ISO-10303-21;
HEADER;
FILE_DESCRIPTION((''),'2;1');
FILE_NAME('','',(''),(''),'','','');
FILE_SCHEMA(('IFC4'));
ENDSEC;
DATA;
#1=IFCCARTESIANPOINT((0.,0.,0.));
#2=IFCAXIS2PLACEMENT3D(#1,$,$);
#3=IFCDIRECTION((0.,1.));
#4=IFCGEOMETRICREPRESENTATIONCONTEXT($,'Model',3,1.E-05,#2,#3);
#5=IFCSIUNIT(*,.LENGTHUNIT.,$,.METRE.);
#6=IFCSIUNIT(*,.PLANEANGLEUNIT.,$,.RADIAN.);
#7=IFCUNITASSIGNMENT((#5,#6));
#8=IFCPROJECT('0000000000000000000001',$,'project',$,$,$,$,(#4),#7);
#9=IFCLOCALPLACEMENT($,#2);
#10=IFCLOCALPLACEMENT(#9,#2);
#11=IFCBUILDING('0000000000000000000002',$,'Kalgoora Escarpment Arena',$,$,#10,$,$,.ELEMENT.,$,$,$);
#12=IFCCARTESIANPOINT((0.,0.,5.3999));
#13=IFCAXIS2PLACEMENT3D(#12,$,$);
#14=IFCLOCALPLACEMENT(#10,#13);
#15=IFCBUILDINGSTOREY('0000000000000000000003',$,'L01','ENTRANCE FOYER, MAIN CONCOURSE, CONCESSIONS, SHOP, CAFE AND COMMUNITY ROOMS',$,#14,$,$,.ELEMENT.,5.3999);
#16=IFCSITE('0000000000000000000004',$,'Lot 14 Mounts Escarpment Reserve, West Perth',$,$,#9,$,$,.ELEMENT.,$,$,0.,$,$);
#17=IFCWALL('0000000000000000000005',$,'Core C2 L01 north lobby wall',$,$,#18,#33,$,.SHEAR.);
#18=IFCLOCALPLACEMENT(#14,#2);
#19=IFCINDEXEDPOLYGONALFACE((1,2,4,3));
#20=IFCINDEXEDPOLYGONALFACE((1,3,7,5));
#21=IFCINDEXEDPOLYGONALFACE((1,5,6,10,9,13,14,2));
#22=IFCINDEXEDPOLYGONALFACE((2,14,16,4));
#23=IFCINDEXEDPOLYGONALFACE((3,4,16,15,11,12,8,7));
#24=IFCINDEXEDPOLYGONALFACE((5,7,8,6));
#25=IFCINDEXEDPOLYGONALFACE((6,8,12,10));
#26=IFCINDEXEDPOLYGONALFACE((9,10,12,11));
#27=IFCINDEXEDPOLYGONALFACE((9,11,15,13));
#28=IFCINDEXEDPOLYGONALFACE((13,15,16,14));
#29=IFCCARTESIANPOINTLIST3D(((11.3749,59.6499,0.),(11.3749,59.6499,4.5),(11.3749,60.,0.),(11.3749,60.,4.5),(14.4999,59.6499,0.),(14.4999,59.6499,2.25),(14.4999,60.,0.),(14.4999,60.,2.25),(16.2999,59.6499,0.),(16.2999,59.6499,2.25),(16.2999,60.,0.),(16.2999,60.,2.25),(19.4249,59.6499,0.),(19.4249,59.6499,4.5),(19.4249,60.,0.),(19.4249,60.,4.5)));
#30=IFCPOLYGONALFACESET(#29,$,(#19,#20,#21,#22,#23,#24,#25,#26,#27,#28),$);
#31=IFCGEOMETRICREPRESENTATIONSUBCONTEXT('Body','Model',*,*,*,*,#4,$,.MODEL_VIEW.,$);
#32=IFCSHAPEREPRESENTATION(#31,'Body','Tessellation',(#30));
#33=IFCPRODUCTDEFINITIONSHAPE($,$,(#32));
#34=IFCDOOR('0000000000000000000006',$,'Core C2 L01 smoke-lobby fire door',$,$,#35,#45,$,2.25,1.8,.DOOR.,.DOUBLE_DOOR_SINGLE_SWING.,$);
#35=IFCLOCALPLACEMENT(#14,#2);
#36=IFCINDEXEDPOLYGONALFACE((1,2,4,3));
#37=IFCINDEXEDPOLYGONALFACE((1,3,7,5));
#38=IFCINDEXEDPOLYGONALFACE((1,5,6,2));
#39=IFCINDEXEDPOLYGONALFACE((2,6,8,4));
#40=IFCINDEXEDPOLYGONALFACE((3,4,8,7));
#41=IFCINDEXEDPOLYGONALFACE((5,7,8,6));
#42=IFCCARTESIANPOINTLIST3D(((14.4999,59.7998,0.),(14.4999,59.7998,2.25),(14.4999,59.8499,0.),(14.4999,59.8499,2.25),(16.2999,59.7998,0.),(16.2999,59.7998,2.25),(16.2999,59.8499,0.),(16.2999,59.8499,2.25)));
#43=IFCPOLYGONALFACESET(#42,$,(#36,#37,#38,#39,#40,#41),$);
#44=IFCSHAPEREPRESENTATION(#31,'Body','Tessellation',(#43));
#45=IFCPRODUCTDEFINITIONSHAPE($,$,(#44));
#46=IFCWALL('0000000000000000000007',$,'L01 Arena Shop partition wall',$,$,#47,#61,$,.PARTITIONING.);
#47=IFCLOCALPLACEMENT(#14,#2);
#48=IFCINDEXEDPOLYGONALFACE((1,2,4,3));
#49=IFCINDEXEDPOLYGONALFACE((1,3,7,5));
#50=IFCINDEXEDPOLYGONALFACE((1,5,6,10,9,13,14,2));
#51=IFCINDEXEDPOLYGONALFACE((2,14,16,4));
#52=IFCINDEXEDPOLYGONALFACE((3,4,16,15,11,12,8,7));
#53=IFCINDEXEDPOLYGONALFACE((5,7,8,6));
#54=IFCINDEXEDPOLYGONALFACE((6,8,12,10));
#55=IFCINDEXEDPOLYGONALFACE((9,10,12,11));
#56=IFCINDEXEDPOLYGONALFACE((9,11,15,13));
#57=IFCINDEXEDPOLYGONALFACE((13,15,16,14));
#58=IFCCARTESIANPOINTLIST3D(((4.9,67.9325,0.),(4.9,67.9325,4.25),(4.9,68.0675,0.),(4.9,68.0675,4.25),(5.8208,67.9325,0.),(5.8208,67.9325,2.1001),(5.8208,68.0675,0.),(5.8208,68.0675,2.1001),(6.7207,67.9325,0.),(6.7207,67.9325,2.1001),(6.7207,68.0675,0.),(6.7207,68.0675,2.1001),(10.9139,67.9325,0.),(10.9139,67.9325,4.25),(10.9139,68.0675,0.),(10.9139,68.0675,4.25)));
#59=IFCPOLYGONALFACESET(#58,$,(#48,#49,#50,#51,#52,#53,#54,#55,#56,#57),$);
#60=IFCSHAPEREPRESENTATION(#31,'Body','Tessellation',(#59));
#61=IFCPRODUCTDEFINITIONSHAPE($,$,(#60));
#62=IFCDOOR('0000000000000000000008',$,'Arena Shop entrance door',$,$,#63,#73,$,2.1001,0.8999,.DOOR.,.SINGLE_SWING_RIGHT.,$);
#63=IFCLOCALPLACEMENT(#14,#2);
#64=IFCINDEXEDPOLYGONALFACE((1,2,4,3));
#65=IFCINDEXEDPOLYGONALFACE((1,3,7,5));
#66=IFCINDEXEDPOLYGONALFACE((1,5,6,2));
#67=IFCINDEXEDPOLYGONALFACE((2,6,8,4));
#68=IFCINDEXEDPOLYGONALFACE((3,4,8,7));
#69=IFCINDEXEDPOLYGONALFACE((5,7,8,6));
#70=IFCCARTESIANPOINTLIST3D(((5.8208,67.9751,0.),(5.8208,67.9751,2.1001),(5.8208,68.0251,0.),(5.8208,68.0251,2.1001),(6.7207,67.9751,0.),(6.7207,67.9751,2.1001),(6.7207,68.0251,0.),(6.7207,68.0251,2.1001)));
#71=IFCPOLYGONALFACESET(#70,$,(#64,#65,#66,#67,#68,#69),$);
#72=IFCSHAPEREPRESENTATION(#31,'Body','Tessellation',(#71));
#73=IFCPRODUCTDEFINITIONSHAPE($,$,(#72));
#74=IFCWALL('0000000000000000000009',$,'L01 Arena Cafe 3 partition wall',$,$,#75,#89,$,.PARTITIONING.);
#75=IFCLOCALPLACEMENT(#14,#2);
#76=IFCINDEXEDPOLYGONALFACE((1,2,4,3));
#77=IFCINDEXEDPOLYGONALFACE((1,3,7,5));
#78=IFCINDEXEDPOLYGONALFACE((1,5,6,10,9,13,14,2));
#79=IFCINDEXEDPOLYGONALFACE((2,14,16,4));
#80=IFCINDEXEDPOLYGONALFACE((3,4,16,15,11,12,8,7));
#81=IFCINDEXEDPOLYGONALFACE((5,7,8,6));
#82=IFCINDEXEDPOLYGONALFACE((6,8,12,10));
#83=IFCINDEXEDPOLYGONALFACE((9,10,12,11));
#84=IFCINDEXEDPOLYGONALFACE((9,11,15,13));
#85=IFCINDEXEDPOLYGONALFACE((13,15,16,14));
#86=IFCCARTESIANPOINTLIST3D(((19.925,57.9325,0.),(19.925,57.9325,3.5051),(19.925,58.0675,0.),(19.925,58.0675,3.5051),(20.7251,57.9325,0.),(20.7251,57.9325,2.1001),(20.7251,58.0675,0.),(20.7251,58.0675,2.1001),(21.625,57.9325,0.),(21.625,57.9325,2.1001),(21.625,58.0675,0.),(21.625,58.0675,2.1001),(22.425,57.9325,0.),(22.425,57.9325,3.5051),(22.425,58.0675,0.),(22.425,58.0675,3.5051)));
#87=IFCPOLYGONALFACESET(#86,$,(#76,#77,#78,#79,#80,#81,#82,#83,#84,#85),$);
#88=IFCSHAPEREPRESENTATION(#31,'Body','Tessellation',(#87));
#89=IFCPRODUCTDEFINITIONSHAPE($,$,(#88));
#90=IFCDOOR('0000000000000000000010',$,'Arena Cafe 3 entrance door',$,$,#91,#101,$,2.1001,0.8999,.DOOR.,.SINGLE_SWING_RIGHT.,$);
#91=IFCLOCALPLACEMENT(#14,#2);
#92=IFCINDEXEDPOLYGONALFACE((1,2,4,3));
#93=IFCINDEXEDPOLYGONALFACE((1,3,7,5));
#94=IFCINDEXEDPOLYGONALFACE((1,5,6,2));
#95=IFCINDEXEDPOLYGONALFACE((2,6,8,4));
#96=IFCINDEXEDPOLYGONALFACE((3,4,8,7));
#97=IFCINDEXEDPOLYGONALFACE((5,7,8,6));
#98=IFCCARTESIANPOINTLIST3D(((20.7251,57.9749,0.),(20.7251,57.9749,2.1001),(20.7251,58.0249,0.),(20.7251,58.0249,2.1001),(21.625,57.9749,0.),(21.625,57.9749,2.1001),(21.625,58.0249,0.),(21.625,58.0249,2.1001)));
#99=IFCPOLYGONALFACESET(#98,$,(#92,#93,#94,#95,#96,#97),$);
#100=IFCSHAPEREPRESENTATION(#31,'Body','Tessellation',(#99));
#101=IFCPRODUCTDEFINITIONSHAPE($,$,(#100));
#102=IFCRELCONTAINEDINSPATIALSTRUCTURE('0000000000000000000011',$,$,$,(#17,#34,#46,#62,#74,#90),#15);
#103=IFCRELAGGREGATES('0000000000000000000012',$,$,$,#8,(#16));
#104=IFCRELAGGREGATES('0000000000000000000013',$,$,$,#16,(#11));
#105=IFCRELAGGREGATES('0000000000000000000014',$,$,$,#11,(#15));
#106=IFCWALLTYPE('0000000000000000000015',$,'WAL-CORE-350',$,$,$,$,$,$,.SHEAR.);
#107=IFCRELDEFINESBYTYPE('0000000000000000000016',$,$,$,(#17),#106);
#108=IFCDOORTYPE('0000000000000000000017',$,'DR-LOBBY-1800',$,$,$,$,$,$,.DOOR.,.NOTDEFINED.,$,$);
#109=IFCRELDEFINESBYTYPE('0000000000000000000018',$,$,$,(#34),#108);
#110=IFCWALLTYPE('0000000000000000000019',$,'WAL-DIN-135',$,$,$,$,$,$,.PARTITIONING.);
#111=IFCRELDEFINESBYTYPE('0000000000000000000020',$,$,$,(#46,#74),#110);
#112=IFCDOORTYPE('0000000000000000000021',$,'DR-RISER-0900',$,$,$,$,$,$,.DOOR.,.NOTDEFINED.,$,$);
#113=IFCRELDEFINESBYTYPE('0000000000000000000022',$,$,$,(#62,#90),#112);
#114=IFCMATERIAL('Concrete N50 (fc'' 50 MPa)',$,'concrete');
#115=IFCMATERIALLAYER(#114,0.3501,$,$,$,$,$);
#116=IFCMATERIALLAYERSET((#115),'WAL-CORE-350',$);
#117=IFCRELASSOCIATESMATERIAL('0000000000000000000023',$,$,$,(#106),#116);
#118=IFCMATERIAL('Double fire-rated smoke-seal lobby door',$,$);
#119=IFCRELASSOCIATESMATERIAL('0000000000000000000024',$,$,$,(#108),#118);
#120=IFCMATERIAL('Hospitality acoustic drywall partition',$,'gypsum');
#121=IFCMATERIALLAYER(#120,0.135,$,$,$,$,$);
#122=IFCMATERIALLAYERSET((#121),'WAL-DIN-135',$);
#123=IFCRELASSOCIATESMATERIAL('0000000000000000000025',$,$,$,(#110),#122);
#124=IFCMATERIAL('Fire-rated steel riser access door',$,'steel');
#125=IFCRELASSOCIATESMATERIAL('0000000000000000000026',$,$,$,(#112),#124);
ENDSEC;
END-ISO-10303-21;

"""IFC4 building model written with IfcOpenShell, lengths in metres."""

from ifc_helpers import new_model, si_unit, direction, frame, frame_2d, origin, place, context, subcontext, project, spatial, rectangle, extrude, material, layer, layer_set, type_object, element, fill, save


model = new_model("IFC4")

# Units and contexts
model_context = context("Model", 3, precision=1e-05, world=origin(), true_north=direction((0.0, 1.0)))
body_context = subcontext(model_context, "Body", "Model", "MODEL_VIEW")
ifc_project = project(units=[si_unit("LENGTHUNIT", "METRE"), si_unit("PLANEANGLEUNIT", "RADIAN")], contexts=[model_context])

# Site, building, storey
site_placement = place(None, origin())
site = spatial("IfcSite", under=ifc_project, at=site_placement, Name="Lot 14 Mounts Escarpment Reserve, West Perth", CompositionType="ELEMENT", RefElevation=0.0)
building_placement = place(site_placement, origin())
building = spatial("IfcBuilding", under=site, at=building_placement, Name="Kalgoora Escarpment Arena", CompositionType="ELEMENT")
storey_placement = place(building_placement, frame((0.0, 0.0, 5.3999)))
storey = spatial("IfcBuildingStorey", under=building, at=storey_placement, Name="L01", Description="ENTRANCE FOYER, MAIN CONCOURSE, CONCESSIONS, SHOP, CAFE AND COMMUNITY ROOMS", CompositionType="ELEMENT", Elevation=5.3999)

# Shared definitions
ifc_material_1 = material(Name="Concrete N50 (fc' 50 MPa)", Category="concrete")
ifc_layer_1 = layer(ifc_material_1, 0.3501)
ifc_layer_set_1 = layer_set([ifc_layer_1], Name="WAL-CORE-350")
wall_type_1 = type_object("IfcWallType", Name="WAL-CORE-350", PredefinedType="SHEAR", material=ifc_layer_set_1)

# Walls, openings, doors
wall_1_placement = place(storey_placement, frame((11.375, 59.825, 0.0), z_axis=(0.0, 0.0, 1.0), x_axis=(1.0, 0.0, 0.0)))
wall_1 = element("IfcWall", 1, at=wall_1_placement, inside=storey, type_object=wall_type_1, Name="Core C2 L01 north lobby wall", PredefinedType="SHEAR", context=body_context, shape_type="SweptSolid", body=[
    extrude(rectangle(XDim=8.05, YDim=0.3501, at=frame_2d((4.0249, 0.0))), origin(), (0.0, 0.0, 1.0), 4.5),
])
opening_1_placement = place(wall_1_placement, frame((3.125, 0.0, 0.0)))
opening_1 = element("IfcOpeningElement", 2, at=opening_1_placement, cuts=wall_1, PredefinedType="OPENING", context=body_context, shape_type="SweptSolid", body=[
    extrude(rectangle(XDim=1.8, YDim=2.25, at=frame_2d((0.8999, 1.125))), frame((0.0, 0.1851, 0.0), z_axis=(0.0, -1.0, 0.0), x_axis=(1.0, 0.0, 0.0)), (0.0, 0.0, 1.0), 0.3701),
])
ifc_material_2 = material(Name="Double fire-rated smoke-seal lobby door")
door_type_1 = type_object("IfcDoorType", Name="DR-LOBBY-1800", OperationType="NOTDEFINED", PredefinedType="DOOR", material=ifc_material_2)
door_1_placement = place(opening_1_placement, origin())
door_1 = element("IfcDoor", 3, at=door_1_placement, inside=storey, type_object=door_type_1, Name="Core C2 L01 smoke-lobby fire door", OperationType="DOUBLE_DOOR_SINGLE_SWING", OverallHeight=2.25, OverallWidth=1.8, PredefinedType="DOOR", context=body_context, shape_type="SweptSolid", body=[
    extrude(rectangle(XDim=1.8, YDim=2.25, at=frame_2d((0.8999, 1.125))), frame((0.0, 0.0249, 0.0), z_axis=(0.0, -1.0, 0.0), x_axis=(1.0, 0.0, 0.0)), (0.0, 0.0, 1.0), 0.05),
])
fill(opening_1, door_1)
ifc_material_3 = material(Name="Hospitality acoustic drywall partition", Category="gypsum")
ifc_layer_2 = layer(ifc_material_3, 0.135)
ifc_layer_set_2 = layer_set([ifc_layer_2], Name="WAL-DIN-135")
wall_type_2 = type_object("IfcWallType", Name="WAL-DIN-135", PredefinedType="PARTITIONING", material=ifc_layer_set_2)
wall_2_placement = place(storey_placement, frame((10.9138, 68.0, 0.0), z_axis=(0.0, 0.0, 1.0), x_axis=(-1.0, 0.0, 0.0)))
wall_2 = element("IfcWall", 4, at=wall_2_placement, inside=storey, type_object=wall_type_2, Name="L01 Arena Shop partition wall", PredefinedType="PARTITIONING", context=body_context, shape_type="SweptSolid", body=[
    extrude(rectangle(XDim=6.0139, YDim=0.135, at=frame_2d((3.0068, 0.0))), origin(), (0.0, 0.0, 1.0), 4.25),
])
opening_2_placement = place(wall_2_placement, frame((4.1931, 0.0, 0.0)))
opening_2 = element("IfcOpeningElement", 5, at=opening_2_placement, cuts=wall_2, PredefinedType="OPENING", context=body_context, shape_type="SweptSolid", body=[
    extrude(rectangle(XDim=0.8999, YDim=2.1001, at=frame_2d((0.45, 1.05))), frame((0.0, 0.0774, 0.0), z_axis=(0.0, -1.0, 0.0), x_axis=(1.0, 0.0, 0.0)), (0.0, 0.0, 1.0), 0.155),
])
ifc_material_4 = material(Name="Fire-rated steel riser access door", Category="steel")
door_type_2 = type_object("IfcDoorType", Name="DR-RISER-0900", OperationType="NOTDEFINED", PredefinedType="DOOR", material=ifc_material_4)
door_2_placement = place(opening_2_placement, origin())
door_2 = element("IfcDoor", 6, at=door_2_placement, inside=storey, type_object=door_type_2, Name="Arena Shop entrance door", OperationType="SINGLE_SWING_RIGHT", OverallHeight=2.1001, OverallWidth=0.8999, PredefinedType="DOOR", context=body_context, shape_type="SweptSolid", body=[
    extrude(rectangle(XDim=0.8999, YDim=2.1001, at=frame_2d((0.45, 1.05))), frame((0.0, 0.0249, 0.0), z_axis=(0.0, -1.0, 0.0), x_axis=(1.0, 0.0, 0.0)), (0.0, 0.0, 1.0), 0.05),
])
fill(opening_2, door_2)
wall_3_placement = place(storey_placement, frame((19.925, 58.0, 0.0), z_axis=(0.0, 0.0, 1.0), x_axis=(1.0, 0.0, 0.0)))
wall_3 = element("IfcWall", 7, at=wall_3_placement, inside=storey, type_object=wall_type_2, Name="L01 Arena Cafe 3 partition wall", PredefinedType="PARTITIONING", context=body_context, shape_type="SweptSolid", body=[
    extrude(rectangle(XDim=2.5, YDim=0.135, at=frame_2d((1.25, 0.0))), origin(), (0.0, 0.0, 1.0), 3.5051),
])
opening_3_placement = place(wall_3_placement, frame((0.8, 0.0, 0.0)))
opening_3 = element("IfcOpeningElement", 8, at=opening_3_placement, cuts=wall_3, PredefinedType="OPENING", context=body_context, shape_type="SweptSolid", body=[
    extrude(rectangle(XDim=0.8999, YDim=2.1001, at=frame_2d((0.45, 1.05))), frame((0.0, 0.0774, 0.0), z_axis=(0.0, -1.0, 0.0), x_axis=(1.0, 0.0, 0.0)), (0.0, 0.0, 1.0), 0.155),
])
door_3_placement = place(opening_3_placement, origin())
door_3 = element("IfcDoor", 9, at=door_3_placement, inside=storey, type_object=door_type_2, Name="Arena Cafe 3 entrance door", OperationType="SINGLE_SWING_RIGHT", OverallHeight=2.1001, OverallWidth=0.8999, PredefinedType="DOOR", context=body_context, shape_type="SweptSolid", body=[
    extrude(rectangle(XDim=0.8999, YDim=2.1001, at=frame_2d((0.45, 1.05))), frame((0.0, 0.0249, 0.0), z_axis=(0.0, -1.0, 0.0), x_axis=(1.0, 0.0, 0.0)), (0.0, 0.0, 1.0), 0.05),
])
fill(opening_3, door_3)

save(model, "model.ifc")
